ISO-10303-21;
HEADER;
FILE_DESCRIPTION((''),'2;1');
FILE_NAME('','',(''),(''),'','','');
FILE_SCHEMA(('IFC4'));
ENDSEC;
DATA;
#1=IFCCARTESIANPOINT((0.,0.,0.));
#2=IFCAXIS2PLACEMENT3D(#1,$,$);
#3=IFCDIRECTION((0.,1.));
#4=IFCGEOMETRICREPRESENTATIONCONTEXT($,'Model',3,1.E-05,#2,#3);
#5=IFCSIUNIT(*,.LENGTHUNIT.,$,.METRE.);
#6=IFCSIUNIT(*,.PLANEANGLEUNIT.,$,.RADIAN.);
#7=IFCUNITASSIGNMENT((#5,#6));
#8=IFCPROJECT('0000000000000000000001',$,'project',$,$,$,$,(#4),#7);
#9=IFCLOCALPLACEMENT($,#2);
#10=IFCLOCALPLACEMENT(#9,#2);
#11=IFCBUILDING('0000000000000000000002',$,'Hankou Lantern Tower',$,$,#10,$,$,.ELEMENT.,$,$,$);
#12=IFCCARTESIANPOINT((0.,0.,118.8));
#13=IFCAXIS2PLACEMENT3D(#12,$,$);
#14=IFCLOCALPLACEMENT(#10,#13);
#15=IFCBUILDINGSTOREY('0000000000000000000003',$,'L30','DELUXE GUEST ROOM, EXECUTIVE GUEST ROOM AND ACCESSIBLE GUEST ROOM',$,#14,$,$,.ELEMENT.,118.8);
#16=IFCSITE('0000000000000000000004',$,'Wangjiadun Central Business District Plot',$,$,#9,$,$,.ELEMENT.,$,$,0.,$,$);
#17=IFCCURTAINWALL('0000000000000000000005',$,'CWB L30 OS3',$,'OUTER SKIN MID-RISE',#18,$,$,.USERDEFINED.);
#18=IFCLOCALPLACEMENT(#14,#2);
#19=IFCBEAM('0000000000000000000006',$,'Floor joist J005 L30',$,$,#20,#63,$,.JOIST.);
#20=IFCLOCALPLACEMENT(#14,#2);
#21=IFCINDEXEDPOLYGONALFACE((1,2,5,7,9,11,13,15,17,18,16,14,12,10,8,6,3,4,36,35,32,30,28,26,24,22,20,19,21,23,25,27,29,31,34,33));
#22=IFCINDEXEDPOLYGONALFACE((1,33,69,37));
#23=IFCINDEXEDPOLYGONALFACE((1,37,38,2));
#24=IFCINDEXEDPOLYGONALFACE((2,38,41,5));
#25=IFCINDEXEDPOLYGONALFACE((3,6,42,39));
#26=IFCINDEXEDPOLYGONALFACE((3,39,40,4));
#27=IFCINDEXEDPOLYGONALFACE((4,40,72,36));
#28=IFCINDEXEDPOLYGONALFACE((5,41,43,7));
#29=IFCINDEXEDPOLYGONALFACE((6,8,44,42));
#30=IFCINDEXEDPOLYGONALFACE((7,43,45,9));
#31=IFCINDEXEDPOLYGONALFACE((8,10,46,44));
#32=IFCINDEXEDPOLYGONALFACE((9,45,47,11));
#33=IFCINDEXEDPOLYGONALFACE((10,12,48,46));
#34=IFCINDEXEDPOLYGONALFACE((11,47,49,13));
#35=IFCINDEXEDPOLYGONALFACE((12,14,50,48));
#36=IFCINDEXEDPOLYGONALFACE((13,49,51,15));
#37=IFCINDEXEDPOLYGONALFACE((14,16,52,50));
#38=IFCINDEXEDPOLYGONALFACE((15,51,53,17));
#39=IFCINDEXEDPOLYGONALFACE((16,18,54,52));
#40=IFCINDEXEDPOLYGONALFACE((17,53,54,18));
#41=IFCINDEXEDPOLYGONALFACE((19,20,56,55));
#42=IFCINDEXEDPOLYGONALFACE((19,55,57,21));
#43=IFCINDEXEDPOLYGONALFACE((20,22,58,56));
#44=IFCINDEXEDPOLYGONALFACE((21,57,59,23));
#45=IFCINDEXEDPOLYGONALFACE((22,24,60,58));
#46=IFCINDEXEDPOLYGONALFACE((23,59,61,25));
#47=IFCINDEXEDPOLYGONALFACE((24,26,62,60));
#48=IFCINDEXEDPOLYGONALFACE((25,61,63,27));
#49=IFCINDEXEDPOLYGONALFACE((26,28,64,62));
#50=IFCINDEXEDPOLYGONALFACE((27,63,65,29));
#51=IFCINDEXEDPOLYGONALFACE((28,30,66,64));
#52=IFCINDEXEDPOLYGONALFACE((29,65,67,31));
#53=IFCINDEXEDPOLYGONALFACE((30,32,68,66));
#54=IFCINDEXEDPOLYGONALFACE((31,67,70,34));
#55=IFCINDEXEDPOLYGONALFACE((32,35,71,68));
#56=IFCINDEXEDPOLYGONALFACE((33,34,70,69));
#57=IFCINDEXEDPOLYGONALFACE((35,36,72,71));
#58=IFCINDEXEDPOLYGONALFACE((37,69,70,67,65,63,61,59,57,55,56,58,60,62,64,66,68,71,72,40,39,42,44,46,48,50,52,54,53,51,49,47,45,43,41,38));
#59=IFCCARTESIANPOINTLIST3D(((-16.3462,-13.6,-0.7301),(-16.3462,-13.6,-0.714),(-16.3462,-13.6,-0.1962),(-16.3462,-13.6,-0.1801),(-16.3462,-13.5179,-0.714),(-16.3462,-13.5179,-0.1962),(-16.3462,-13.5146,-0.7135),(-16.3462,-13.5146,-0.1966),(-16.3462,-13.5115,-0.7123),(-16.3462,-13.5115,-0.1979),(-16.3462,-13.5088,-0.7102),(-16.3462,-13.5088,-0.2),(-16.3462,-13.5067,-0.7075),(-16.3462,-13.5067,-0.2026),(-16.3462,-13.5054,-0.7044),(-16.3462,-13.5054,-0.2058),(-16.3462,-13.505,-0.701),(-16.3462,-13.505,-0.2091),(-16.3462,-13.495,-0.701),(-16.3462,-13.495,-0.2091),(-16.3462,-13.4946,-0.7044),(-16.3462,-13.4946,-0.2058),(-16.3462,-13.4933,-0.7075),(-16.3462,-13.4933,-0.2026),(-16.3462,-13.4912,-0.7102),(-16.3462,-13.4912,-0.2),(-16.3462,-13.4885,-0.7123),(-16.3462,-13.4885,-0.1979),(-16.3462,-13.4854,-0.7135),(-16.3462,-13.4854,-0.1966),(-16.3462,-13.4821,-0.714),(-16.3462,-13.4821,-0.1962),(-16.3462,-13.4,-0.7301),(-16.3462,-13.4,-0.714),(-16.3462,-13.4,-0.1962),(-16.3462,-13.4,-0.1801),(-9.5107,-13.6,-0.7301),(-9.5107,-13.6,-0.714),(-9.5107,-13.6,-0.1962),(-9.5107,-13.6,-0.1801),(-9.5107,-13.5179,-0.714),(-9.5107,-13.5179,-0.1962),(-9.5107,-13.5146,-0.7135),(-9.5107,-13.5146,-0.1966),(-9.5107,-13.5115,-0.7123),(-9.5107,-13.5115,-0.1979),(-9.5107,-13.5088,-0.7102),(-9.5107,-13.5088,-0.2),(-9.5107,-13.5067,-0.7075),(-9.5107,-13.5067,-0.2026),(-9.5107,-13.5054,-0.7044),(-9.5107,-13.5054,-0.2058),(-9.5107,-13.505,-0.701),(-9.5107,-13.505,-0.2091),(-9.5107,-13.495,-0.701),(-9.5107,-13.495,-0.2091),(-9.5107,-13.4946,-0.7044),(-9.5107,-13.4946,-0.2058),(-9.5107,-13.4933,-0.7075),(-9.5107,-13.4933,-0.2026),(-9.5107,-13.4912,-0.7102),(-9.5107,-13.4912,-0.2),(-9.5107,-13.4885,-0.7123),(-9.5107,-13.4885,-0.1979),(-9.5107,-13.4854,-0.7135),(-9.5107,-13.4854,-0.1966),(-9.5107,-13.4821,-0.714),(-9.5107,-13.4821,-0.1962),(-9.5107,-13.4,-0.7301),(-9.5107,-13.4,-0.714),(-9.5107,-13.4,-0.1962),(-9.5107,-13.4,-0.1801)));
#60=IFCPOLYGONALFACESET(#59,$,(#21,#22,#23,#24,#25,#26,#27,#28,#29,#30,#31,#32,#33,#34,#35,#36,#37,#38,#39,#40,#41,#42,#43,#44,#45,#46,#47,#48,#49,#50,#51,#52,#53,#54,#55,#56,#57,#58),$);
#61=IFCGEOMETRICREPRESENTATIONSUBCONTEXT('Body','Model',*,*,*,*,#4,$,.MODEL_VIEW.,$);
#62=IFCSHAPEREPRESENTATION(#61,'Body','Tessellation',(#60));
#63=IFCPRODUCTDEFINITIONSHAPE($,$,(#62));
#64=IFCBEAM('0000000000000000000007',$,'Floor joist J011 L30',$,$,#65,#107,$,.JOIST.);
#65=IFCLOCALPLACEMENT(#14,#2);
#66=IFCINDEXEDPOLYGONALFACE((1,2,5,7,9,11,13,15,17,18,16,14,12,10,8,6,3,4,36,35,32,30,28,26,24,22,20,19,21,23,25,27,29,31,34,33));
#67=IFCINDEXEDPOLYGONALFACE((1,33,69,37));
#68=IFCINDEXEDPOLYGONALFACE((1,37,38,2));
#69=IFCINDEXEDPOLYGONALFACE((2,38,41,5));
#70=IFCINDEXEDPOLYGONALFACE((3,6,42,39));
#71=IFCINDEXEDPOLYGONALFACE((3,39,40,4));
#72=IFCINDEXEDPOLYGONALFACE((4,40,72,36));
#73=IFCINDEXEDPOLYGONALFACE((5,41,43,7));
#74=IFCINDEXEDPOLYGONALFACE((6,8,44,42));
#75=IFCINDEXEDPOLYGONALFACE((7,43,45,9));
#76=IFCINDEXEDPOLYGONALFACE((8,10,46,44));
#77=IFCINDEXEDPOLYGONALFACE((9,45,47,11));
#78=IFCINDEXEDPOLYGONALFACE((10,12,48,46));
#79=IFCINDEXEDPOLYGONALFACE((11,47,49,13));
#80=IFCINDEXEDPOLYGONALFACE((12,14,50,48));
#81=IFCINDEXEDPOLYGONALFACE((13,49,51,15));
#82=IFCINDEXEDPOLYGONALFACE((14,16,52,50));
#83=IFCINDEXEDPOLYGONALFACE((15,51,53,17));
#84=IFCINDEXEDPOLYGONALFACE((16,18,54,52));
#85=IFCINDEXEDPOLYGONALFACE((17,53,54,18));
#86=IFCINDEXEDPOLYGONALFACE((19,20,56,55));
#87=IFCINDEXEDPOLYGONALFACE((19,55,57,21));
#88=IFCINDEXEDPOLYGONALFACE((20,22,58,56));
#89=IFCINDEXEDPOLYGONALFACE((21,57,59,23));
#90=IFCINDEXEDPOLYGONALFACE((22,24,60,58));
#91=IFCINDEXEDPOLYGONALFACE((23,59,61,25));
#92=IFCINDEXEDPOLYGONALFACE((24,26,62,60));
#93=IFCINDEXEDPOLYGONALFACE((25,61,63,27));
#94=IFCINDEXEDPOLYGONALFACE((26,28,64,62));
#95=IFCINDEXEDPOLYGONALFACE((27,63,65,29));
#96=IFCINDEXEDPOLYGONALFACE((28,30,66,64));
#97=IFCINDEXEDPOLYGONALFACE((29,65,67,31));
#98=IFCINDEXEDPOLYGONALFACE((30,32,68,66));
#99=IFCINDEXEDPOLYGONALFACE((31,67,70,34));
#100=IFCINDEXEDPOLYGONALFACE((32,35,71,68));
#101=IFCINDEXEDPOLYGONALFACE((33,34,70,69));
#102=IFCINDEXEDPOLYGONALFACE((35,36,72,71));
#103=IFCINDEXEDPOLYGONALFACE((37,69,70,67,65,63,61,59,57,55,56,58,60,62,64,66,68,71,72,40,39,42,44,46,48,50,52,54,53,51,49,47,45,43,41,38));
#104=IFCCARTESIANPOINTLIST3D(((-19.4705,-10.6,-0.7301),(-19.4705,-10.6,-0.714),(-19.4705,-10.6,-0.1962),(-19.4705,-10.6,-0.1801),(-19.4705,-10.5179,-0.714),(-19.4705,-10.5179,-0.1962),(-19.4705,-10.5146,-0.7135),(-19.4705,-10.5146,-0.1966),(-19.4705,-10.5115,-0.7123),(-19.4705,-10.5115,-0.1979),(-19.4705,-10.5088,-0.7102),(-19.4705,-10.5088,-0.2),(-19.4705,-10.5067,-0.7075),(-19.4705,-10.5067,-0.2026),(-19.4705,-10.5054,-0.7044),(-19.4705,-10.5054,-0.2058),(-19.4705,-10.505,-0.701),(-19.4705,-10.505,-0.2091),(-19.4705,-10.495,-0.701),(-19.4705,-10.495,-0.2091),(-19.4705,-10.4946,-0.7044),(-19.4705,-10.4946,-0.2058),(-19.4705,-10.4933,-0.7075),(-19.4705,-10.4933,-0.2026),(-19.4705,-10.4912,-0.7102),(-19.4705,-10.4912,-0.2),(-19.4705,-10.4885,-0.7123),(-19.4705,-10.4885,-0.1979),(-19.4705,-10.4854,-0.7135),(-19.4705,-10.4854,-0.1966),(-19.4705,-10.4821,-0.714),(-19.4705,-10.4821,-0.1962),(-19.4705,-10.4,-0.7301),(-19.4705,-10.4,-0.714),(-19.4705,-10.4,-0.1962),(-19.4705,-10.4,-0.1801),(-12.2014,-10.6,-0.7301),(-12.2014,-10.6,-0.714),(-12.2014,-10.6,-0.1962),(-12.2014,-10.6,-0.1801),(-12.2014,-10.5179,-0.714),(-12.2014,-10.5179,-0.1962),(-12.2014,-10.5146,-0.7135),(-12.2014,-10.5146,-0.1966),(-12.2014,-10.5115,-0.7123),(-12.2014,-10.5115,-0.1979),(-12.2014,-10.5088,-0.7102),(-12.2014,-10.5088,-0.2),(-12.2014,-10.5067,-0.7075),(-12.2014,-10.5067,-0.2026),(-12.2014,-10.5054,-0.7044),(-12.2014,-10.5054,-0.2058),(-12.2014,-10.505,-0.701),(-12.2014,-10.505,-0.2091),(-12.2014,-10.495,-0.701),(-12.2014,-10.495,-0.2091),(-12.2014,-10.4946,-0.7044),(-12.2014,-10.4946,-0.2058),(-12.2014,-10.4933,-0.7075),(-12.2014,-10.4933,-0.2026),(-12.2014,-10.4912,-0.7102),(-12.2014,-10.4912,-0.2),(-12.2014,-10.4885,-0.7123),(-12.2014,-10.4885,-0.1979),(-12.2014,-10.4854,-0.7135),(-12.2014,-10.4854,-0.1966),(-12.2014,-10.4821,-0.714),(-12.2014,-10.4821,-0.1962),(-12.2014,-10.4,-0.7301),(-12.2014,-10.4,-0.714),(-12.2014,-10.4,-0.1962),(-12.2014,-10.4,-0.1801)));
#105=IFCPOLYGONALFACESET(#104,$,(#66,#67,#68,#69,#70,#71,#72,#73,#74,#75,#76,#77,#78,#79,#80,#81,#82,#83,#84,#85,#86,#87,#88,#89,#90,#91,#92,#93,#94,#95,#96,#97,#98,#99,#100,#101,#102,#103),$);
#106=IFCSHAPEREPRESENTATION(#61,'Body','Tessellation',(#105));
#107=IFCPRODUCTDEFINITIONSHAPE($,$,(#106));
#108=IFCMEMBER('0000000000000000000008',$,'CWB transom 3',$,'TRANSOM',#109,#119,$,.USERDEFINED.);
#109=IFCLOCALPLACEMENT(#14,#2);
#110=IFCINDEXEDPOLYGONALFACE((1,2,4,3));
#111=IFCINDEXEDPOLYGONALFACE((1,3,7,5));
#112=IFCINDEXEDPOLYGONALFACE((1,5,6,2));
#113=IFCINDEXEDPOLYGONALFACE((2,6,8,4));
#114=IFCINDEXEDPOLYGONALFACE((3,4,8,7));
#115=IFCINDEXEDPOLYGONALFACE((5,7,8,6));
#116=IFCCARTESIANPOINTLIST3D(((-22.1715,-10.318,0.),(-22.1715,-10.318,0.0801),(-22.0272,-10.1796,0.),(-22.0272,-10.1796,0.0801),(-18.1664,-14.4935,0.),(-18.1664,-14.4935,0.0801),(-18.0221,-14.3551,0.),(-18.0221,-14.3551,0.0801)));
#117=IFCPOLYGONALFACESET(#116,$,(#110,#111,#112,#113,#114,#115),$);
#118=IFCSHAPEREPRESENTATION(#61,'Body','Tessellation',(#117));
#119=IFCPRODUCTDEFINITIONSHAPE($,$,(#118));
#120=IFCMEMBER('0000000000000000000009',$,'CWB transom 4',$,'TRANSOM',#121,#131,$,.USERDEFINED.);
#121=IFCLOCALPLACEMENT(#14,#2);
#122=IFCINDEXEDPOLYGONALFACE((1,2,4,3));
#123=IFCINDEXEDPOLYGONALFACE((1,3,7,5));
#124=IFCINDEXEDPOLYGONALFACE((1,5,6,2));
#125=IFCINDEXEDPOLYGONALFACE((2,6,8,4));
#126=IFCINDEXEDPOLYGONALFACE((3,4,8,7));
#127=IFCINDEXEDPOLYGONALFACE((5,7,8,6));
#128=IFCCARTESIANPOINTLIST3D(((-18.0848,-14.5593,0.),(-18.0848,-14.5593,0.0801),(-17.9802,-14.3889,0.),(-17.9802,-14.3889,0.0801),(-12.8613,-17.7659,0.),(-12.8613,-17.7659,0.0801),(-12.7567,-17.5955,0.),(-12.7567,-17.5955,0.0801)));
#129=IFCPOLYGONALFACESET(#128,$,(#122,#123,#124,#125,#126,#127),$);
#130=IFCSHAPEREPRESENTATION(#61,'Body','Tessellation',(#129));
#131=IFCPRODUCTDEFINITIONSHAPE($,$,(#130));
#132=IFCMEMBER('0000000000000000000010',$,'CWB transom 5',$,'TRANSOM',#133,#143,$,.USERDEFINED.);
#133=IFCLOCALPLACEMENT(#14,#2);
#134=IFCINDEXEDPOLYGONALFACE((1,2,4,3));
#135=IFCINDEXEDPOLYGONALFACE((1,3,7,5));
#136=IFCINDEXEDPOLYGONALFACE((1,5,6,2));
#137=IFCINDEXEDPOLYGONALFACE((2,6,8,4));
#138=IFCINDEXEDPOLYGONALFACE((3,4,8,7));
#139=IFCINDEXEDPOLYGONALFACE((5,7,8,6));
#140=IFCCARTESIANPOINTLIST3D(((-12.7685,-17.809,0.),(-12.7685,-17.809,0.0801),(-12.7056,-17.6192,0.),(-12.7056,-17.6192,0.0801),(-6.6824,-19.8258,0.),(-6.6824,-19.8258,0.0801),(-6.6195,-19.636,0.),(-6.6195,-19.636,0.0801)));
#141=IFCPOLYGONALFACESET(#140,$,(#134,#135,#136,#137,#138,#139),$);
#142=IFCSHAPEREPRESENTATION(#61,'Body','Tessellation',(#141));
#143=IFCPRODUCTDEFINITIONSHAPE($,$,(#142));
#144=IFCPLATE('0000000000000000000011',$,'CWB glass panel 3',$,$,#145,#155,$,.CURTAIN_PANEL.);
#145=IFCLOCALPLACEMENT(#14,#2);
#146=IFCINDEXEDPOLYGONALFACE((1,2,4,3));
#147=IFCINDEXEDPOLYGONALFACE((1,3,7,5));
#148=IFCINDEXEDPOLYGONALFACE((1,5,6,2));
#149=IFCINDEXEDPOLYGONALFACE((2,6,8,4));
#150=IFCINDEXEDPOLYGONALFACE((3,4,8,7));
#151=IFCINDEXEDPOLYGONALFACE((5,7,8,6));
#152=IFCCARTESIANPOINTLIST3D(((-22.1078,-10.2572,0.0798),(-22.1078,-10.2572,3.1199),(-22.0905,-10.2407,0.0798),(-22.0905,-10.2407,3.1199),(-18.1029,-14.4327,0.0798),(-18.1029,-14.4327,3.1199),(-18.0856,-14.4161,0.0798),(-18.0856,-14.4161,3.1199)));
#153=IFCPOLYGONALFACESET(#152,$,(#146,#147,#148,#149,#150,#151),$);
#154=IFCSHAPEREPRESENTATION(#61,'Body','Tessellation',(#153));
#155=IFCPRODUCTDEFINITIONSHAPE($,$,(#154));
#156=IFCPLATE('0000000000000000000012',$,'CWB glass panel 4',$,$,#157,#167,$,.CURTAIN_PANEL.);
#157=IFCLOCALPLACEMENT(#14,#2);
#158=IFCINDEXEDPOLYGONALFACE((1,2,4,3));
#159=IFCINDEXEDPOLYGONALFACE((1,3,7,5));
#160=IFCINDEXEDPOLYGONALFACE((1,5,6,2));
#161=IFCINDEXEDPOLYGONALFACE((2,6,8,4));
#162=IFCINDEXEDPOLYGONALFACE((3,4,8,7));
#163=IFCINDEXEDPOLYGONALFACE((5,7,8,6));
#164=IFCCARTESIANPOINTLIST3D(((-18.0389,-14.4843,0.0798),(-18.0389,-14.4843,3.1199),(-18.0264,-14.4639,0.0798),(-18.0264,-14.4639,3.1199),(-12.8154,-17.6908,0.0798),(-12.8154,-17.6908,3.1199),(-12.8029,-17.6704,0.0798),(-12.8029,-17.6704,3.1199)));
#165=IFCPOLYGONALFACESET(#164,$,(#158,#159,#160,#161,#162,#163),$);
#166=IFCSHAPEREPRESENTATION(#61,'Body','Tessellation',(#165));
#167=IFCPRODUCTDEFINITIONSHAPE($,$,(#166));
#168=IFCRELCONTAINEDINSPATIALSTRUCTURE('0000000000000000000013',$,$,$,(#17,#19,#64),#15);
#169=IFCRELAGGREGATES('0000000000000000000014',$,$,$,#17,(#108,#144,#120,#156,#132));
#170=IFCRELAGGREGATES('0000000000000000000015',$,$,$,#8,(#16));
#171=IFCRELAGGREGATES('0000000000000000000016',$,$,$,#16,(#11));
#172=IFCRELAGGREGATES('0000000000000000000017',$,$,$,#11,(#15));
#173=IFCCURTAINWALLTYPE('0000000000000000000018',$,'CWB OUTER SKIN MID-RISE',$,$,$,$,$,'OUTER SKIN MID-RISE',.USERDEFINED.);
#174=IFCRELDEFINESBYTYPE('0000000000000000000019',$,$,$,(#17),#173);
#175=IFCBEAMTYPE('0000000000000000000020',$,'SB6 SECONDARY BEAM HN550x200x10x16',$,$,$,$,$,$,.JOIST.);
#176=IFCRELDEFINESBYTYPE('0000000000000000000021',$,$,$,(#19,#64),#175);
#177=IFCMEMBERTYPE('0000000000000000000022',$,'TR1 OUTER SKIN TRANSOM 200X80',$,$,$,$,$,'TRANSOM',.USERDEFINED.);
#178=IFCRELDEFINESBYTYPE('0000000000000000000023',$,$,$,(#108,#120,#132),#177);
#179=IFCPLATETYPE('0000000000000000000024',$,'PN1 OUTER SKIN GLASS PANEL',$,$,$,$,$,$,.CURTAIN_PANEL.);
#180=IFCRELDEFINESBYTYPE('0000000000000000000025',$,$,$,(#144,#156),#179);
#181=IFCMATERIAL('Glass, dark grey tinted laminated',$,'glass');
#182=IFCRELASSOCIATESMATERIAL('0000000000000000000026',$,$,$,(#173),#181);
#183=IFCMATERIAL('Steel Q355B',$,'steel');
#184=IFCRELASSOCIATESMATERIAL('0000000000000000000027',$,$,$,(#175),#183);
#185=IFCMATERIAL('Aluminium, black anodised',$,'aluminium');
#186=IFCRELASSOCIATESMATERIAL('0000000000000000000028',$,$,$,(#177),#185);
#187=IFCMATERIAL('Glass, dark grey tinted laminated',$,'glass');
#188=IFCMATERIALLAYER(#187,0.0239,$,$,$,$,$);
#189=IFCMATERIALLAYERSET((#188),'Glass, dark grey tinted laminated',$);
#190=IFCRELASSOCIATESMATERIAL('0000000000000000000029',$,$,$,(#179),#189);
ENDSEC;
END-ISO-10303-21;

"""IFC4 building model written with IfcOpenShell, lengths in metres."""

from ifc_helpers import new_model, si_unit, direction, frame, origin, origin_2d, place, context, subcontext, project, spatial, rectangle, i_section, extrude, material, layer, layer_set, material_profile, profile_set, type_object, element, aggregate, save


model = new_model("IFC4")

# Units and contexts
model_context = context("Model", 3, precision=1e-05, world=origin(), true_north=direction((0.0, 1.0)))
body_context = subcontext(model_context, "Body", "Model", "MODEL_VIEW")
ifc_project = project(units=[si_unit("LENGTHUNIT", "METRE"), si_unit("PLANEANGLEUNIT", "RADIAN")], contexts=[model_context])

# Site, building, storey
site_placement = place(None, origin())
site = spatial("IfcSite", under=ifc_project, at=site_placement, Name="Wangjiadun Central Business District Plot", CompositionType="ELEMENT", RefElevation=0.0)
building_placement = place(site_placement, origin())
building = spatial("IfcBuilding", under=site, at=building_placement, Name="Hankou Lantern Tower", CompositionType="ELEMENT")
storey_placement = place(building_placement, frame((0.0, 0.0, 118.8)))
storey = spatial("IfcBuildingStorey", under=building, at=storey_placement, Name="L30", Description="DELUXE GUEST ROOM, EXECUTIVE GUEST ROOM AND ACCESSIBLE GUEST ROOM", CompositionType="ELEMENT", Elevation=118.8)

# Curtain wall
ifc_material_1 = material(Name="Glass, dark grey tinted laminated", Category="glass")
curtain_wall_type = type_object("IfcCurtainWallType", Name="CWB OUTER SKIN MID-RISE", ElementType="OUTER SKIN MID-RISE", PredefinedType="USERDEFINED", material=ifc_material_1)
curtain_wall_placement = place(storey_placement, origin())
curtain_wall = element("IfcCurtainWall", 1, at=curtain_wall_placement, inside=storey, type_object=curtain_wall_type, Name="CWB L30 OS3", ObjectType="OUTER SKIN MID-RISE", PredefinedType="USERDEFINED")

# Beams
ifc_material_2 = material(Name="Steel Q355B", Category="steel")
ifc_material_profile_1 = material_profile(ifc_material_2, i_section(OverallWidth=0.2, OverallDepth=0.55, WebThickness=0.01, FlangeThickness=0.0161, FilletRadius=0.0129, at=origin_2d()), Name="HN550x200x10x16")
ifc_profile_set_1 = profile_set([ifc_material_profile_1], Name="Steel Q355B")
beam_type_1 = type_object("IfcBeamType", Name="SB6 SECONDARY BEAM HN550x200x10x16", PredefinedType="JOIST", material=ifc_profile_set_1)
beam_1_placement = place(storey_placement, frame((-16.3462, -13.5, -0.4551), z_axis=(1.0, 0.0, 0.0), x_axis=(0.0, 1.0, 0.0)))
element("IfcBeam", 2, at=beam_1_placement, inside=storey, type_object=beam_type_1, Name="Floor joist J005 L30", PredefinedType="JOIST", context=body_context, shape_type="SweptSolid", body=[
    extrude(i_section(OverallWidth=0.2, OverallDepth=0.55, WebThickness=0.01, FlangeThickness=0.0161, FilletRadius=0.0129, at=origin_2d()), origin(), (0.0, 0.0, 1.0), 6.8354),
])
beam_2_placement = place(storey_placement, frame((-19.4705, -10.5, -0.4551), z_axis=(1.0, 0.0, 0.0), x_axis=(0.0, 1.0, 0.0)))
element("IfcBeam", 3, at=beam_2_placement, inside=storey, type_object=beam_type_1, Name="Floor joist J011 L30", PredefinedType="JOIST", context=body_context, shape_type="SweptSolid", body=[
    extrude(i_section(OverallWidth=0.2, OverallDepth=0.55, WebThickness=0.01, FlangeThickness=0.0161, FilletRadius=0.0129, at=origin_2d()), origin(), (0.0, 0.0, 1.0), 7.269),
])

# Members
ifc_material_3 = material(Name="Aluminium, black anodised", Category="aluminium")
ifc_material_profile_2 = material_profile(ifc_material_3, rectangle(XDim=0.2, YDim=0.0801, at=origin_2d()), Name="TR1 200X80")
ifc_profile_set_2 = profile_set([ifc_material_profile_2], Name="Aluminium, black anodised")
member_type_1 = type_object("IfcMemberType", Name="TR1 OUTER SKIN TRANSOM 200X80", ElementType="TRANSOM", PredefinedType="USERDEFINED", material=ifc_profile_set_2)
member_1_placement = place(storey_placement, frame((-22.0994, -10.2488, 0.04), z_axis=(0.692227, -0.72168, 0.0), x_axis=(0.72168, 0.692227, 0.0)))
member_1 = element("IfcMember", 4, at=member_1_placement, type_object=member_type_1, Name="CWB transom 3", ObjectType="TRANSOM", PredefinedType="USERDEFINED", context=body_context, shape_type="SweptSolid", body=[
    extrude(rectangle(XDim=0.2, YDim=0.0801, at=origin_2d()), origin(), (0.0, 0.0, 1.0), 5.7859),
])
member_2_placement = place(storey_placement, frame((-18.0325, -14.4741, 0.04), z_axis=(0.852229, -0.523168, 0.0), x_axis=(0.523168, 0.852229, 0.0)))
member_2 = element("IfcMember", 5, at=member_2_placement, type_object=member_type_1, Name="CWB transom 4", ObjectType="TRANSOM", PredefinedType="USERDEFINED", context=body_context, shape_type="SweptSolid", body=[
    extrude(rectangle(XDim=0.2, YDim=0.0801, at=origin_2d()), origin(), (0.0, 0.0, 1.0), 6.1292),
])
member_3_placement = place(storey_placement, frame((-12.7371, -17.7141, 0.04), z_axis=(0.949238, -0.314559, 0.0), x_axis=(0.314559, 0.949238, 0.0)))
member_3 = element("IfcMember", 6, at=member_3_placement, type_object=member_type_1, Name="CWB transom 5", ObjectType="TRANSOM", PredefinedType="USERDEFINED", context=body_context, shape_type="SweptSolid", body=[
    extrude(rectangle(XDim=0.2, YDim=0.0801, at=origin_2d()), origin(), (0.0, 0.0, 1.0), 6.4116),
])

# Plates
ifc_material_4 = material(Name="Glass, dark grey tinted laminated", Category="glass")
ifc_layer_1 = layer(ifc_material_4, 0.0239)
ifc_layer_set_1 = layer_set([ifc_layer_1], Name="Glass, dark grey tinted laminated")
plate_type = type_object("IfcPlateType", Name="PN1 OUTER SKIN GLASS PANEL", PredefinedType="CURTAIN_PANEL", material=ifc_layer_set_1)
plate_1_placement = place(storey_placement, frame((-20.0967, -12.3367, 0.0798), z_axis=(0.0, 0.0, 1.0), x_axis=(0.692216, -0.721691, 0.0)))
plate_1 = element("IfcPlate", 7, at=plate_1_placement, type_object=plate_type, Name="CWB glass panel 3", PredefinedType="CURTAIN_PANEL", context=body_context, shape_type="SweptSolid", body=[
    extrude(rectangle(XDim=5.7856, YDim=0.0239, at=origin_2d()), origin(), (0.0, 0.0, 1.0), 3.04),
])
plate_2_placement = place(storey_placement, frame((-15.4209, -16.0774, 0.0798), z_axis=(0.0, 0.0, 1.0), x_axis=(0.852237, -0.523156, 0.0)))
plate_2 = element("IfcPlate", 8, at=plate_2_placement, type_object=plate_type, Name="CWB glass panel 4", PredefinedType="CURTAIN_PANEL", context=body_context, shape_type="SweptSolid", body=[
    extrude(rectangle(XDim=6.1292, YDim=0.0239, at=origin_2d()), origin(), (0.0, 0.0, 1.0), 3.04),
])
aggregate(curtain_wall, [member_1, plate_1, member_2, plate_2, member_3])

save(model, "model.ifc")
